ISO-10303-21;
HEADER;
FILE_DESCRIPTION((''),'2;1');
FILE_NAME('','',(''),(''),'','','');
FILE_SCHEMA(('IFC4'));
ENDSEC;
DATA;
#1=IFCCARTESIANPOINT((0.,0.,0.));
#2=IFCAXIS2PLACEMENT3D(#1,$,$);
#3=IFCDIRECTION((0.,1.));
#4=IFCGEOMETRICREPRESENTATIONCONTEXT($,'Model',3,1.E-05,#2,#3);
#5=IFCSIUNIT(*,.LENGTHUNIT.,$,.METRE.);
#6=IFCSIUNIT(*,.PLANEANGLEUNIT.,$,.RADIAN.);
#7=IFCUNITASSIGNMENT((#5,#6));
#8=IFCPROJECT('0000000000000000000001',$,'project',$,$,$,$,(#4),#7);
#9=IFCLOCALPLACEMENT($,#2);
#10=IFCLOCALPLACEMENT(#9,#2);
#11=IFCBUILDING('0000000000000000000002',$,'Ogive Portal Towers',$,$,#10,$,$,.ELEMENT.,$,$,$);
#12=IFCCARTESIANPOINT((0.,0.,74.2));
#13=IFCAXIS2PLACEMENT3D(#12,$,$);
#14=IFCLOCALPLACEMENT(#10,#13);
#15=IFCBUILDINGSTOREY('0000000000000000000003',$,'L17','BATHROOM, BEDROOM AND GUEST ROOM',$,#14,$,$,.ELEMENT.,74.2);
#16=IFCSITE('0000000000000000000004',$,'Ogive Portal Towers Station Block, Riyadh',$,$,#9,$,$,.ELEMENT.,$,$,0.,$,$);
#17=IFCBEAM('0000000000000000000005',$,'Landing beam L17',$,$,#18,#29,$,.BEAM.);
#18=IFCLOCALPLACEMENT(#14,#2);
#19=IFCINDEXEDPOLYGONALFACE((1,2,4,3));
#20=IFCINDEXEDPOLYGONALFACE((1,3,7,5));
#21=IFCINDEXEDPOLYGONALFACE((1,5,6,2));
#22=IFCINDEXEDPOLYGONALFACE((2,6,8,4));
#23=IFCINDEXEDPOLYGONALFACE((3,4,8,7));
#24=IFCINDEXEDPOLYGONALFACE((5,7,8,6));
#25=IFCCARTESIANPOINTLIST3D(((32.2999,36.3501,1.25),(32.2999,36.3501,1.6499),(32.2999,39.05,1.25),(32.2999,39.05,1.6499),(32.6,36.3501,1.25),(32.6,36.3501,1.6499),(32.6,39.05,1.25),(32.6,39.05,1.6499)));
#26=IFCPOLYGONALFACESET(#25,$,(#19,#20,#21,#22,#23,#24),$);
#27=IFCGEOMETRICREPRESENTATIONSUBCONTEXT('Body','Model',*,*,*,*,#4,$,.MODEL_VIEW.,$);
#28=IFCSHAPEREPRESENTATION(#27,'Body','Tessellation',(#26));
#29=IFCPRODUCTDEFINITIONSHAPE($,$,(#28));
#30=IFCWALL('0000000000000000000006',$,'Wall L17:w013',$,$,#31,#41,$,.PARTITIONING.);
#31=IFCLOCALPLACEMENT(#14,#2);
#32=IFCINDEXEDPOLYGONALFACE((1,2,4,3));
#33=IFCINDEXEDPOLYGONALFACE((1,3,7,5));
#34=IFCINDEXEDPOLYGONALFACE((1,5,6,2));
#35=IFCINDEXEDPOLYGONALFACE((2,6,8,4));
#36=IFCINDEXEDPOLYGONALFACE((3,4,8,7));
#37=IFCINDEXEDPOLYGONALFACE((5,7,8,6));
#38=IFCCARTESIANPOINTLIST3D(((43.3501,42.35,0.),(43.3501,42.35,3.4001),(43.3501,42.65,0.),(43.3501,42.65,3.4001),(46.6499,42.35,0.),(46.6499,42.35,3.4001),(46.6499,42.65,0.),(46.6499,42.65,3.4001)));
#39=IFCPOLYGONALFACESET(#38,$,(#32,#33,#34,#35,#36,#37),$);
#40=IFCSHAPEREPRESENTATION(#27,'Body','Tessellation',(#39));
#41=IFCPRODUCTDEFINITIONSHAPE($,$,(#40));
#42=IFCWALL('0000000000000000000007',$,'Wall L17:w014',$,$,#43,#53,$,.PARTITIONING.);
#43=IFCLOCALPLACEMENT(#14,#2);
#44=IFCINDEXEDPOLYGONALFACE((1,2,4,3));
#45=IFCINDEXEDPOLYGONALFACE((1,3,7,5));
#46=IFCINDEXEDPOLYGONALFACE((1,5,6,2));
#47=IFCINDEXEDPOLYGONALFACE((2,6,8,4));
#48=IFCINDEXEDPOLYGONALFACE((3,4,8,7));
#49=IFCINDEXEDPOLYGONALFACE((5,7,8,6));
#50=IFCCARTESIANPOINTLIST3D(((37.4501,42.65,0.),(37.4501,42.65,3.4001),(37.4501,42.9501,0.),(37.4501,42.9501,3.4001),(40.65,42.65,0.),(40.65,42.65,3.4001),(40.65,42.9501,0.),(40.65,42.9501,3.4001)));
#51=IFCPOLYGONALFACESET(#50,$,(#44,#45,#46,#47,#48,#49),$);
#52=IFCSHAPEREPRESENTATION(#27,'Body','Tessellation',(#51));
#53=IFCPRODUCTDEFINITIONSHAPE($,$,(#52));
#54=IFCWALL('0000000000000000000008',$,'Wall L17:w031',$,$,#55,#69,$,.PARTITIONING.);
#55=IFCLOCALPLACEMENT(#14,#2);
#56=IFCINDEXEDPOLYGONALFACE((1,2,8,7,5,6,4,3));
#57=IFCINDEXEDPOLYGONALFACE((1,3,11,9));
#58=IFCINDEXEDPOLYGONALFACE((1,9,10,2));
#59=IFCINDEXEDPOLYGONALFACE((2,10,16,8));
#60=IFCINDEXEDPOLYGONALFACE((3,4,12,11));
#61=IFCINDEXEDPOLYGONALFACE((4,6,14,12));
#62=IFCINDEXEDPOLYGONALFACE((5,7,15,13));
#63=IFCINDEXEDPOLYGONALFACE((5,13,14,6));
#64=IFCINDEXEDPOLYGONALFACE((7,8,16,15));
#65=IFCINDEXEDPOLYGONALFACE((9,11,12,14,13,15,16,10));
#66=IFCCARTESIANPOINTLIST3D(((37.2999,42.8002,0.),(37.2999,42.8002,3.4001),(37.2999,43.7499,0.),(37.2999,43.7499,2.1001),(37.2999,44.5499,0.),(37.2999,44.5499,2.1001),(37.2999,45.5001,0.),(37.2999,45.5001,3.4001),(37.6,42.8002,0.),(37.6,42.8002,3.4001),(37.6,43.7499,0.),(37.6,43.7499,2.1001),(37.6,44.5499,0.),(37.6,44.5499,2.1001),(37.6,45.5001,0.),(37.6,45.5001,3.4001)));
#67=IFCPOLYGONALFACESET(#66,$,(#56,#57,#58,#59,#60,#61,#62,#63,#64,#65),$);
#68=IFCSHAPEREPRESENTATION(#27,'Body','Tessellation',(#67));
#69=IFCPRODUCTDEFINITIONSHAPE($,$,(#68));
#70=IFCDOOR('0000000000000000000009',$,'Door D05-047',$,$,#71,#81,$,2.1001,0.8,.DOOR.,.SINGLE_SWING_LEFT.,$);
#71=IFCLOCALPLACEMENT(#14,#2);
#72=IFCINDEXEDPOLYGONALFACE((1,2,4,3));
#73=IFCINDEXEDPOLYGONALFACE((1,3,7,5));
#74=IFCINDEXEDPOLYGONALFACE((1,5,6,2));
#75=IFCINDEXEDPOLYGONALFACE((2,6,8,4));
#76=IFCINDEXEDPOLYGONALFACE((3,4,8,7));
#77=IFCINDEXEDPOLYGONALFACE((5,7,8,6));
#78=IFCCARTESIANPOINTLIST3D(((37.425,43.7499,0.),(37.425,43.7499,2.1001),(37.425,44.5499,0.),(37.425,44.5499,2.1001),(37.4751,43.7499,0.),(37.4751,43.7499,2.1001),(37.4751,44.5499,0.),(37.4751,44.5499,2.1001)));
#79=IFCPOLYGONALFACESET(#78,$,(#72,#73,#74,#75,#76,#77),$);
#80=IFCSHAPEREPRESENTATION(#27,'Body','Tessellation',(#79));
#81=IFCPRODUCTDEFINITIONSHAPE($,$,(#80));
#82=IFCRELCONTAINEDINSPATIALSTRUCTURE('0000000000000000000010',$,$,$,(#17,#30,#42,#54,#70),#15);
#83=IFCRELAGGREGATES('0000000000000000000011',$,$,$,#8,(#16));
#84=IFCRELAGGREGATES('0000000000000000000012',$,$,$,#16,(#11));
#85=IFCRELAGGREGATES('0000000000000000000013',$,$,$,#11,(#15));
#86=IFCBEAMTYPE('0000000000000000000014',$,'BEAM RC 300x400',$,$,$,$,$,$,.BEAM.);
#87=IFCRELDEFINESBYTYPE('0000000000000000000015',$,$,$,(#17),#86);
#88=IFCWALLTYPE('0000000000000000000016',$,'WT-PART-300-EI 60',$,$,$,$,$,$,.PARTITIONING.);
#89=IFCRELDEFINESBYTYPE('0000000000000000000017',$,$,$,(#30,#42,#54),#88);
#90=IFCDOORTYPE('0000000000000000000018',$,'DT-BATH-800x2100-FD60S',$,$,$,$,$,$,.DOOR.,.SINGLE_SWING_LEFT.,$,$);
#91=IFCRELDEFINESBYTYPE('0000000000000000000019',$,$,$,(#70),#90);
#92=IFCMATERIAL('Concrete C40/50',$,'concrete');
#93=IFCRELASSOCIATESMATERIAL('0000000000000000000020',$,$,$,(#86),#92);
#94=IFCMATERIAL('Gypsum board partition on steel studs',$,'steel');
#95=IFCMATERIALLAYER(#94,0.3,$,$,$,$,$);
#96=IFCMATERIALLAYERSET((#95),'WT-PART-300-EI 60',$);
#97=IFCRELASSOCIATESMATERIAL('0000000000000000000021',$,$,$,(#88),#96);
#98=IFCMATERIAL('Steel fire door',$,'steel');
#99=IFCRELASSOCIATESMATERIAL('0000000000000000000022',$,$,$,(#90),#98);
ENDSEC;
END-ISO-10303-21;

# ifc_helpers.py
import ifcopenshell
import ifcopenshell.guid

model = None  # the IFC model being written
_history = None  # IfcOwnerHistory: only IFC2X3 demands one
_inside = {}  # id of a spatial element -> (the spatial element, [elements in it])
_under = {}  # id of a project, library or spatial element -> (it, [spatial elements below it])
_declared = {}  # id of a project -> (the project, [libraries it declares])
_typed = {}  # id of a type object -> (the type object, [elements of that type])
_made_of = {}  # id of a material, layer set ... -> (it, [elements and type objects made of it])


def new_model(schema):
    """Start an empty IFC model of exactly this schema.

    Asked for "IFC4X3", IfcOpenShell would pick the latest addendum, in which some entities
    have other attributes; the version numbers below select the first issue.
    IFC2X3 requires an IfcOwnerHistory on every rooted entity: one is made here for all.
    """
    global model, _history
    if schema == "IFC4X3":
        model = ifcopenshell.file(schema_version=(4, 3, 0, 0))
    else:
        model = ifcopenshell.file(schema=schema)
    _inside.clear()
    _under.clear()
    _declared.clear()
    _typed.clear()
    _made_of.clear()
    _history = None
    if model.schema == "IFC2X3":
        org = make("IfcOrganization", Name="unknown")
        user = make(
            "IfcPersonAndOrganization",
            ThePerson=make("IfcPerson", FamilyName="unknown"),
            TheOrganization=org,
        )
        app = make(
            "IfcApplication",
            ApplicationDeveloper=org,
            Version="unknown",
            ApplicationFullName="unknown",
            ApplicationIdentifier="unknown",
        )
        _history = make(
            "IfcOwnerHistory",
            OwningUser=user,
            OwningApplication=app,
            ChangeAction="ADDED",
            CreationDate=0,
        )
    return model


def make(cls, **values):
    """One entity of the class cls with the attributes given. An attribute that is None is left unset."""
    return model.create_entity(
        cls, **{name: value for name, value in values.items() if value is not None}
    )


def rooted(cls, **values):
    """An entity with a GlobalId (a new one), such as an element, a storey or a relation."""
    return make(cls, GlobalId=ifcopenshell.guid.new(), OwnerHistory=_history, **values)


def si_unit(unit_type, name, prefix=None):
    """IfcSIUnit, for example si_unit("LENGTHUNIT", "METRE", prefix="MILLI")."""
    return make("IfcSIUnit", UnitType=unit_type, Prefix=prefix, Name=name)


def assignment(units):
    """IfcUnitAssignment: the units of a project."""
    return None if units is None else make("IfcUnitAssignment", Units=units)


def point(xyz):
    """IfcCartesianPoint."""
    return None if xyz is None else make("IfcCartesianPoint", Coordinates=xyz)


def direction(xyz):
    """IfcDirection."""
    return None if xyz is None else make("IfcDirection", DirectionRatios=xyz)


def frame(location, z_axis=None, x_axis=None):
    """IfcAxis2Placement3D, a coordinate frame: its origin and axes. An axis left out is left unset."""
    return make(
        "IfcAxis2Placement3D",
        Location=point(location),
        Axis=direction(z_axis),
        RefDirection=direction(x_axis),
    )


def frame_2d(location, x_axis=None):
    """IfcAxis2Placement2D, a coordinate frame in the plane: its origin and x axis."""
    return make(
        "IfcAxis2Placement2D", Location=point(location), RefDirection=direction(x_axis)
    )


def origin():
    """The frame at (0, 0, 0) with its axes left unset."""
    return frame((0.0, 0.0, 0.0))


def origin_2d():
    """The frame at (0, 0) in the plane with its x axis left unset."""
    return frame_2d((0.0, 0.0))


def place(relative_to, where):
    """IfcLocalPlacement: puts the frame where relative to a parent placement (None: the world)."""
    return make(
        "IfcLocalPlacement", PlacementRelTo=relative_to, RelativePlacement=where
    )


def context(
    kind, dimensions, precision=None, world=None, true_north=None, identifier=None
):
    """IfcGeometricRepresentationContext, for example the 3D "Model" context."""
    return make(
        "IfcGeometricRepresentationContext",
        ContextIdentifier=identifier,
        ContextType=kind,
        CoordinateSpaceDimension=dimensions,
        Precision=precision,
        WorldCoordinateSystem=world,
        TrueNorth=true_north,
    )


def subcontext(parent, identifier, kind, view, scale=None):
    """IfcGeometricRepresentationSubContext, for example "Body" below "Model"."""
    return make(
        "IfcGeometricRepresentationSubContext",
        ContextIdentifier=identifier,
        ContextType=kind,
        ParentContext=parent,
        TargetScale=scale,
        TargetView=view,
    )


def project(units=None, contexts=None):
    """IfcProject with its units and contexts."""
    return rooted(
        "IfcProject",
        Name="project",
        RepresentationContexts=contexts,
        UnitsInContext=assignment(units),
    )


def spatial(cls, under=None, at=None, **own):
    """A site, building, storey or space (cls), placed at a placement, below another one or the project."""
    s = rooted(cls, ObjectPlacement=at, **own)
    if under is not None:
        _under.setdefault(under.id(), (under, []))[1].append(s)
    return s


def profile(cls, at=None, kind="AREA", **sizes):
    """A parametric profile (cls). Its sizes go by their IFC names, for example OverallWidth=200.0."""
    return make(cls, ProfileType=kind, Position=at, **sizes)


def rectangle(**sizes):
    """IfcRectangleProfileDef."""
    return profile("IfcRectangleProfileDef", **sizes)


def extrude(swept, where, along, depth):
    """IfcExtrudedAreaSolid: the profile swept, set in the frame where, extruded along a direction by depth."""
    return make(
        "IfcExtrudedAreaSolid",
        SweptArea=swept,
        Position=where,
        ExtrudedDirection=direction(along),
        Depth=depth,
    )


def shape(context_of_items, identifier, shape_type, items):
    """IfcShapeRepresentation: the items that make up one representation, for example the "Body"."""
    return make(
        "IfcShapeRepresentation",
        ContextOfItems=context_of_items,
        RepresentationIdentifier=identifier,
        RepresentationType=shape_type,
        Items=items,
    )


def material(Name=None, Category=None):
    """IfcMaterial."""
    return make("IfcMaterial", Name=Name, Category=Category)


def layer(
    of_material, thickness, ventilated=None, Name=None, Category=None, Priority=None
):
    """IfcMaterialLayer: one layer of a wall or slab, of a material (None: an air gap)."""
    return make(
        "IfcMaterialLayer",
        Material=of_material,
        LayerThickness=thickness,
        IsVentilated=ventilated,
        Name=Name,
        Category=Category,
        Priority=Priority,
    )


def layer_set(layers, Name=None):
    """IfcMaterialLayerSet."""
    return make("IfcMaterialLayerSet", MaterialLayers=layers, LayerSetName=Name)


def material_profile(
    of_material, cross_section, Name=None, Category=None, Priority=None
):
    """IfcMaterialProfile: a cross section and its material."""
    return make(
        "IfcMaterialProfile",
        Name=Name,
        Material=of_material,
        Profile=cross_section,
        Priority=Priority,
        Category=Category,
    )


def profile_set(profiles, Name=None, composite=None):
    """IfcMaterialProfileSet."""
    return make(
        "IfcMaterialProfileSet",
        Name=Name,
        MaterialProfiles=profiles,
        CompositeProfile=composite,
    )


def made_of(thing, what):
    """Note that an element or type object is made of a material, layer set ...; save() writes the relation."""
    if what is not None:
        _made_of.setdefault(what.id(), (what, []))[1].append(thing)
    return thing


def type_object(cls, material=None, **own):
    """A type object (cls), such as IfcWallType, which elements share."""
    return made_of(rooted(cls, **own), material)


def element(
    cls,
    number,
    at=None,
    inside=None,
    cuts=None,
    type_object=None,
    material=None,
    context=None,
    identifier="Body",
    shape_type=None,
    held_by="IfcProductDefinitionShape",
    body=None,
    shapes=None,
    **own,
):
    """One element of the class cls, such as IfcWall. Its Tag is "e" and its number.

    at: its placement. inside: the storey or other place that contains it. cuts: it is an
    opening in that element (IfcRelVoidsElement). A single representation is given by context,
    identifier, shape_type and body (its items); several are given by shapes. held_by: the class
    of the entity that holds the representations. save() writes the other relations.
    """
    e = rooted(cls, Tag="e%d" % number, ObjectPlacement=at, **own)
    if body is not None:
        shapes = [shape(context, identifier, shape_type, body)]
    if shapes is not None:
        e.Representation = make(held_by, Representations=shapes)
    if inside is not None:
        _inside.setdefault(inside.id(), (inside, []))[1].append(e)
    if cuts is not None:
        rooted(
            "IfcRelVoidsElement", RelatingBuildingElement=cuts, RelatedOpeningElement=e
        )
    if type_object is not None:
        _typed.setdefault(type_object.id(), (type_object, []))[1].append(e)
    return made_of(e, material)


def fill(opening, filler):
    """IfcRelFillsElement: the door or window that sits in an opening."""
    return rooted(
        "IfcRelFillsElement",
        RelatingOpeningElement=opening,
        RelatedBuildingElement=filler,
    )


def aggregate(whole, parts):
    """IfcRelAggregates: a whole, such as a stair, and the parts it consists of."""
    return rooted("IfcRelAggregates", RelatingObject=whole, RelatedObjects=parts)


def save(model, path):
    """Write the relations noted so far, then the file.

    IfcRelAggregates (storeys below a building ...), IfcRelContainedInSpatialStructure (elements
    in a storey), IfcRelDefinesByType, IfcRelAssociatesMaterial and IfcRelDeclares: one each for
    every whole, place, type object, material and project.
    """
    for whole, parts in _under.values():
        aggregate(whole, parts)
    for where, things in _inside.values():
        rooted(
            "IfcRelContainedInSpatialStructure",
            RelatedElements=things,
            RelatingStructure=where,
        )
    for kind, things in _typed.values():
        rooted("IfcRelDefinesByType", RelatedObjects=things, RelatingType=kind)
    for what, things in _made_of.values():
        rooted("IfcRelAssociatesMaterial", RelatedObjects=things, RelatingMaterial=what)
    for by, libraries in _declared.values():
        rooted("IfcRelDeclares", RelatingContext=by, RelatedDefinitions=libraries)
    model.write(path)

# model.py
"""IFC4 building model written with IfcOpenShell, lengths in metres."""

from ifc_helpers import new_model, si_unit, direction, frame, frame_2d, origin, origin_2d, place, context, subcontext, project, spatial, rectangle, extrude, material, layer, layer_set, material_profile, profile_set, type_object, element, fill, save


model = new_model("IFC4")

# Units and contexts
model_context = context("Model", 3, precision=1e-05, world=origin(), true_north=direction((0.0, 1.0)))
body_context = subcontext(model_context, "Body", "Model", "MODEL_VIEW")
ifc_project = project(units=[si_unit("LENGTHUNIT", "METRE"), si_unit("PLANEANGLEUNIT", "RADIAN")], contexts=[model_context])

# Site, building, storey
site_placement = place(None, origin())
site = spatial("IfcSite", under=ifc_project, at=site_placement, Name="Ogive Portal Towers Station Block, Riyadh", CompositionType="ELEMENT", RefElevation=0.0)
building_placement = place(site_placement, origin())
building = spatial("IfcBuilding", under=site, at=building_placement, Name="Ogive Portal Towers", CompositionType="ELEMENT")
storey_placement = place(building_placement, frame((0.0, 0.0, 74.2)))
storey = spatial("IfcBuildingStorey", under=building, at=storey_placement, Name="L17", Description="BATHROOM, BEDROOM AND GUEST ROOM", CompositionType="ELEMENT", Elevation=74.2)

# Beam
ifc_material_1 = material(Name="Concrete C40/50", Category="concrete")
ifc_material_profile = material_profile(ifc_material_1, rectangle(XDim=0.3, YDim=0.3999, at=origin_2d()), Name="RC 300x400")
ifc_profile_set = profile_set([ifc_material_profile], Name="Concrete C40/50")
beam_type = type_object("IfcBeamType", Name="BEAM RC 300x400", PredefinedType="BEAM", material=ifc_profile_set)
beam_placement = place(storey_placement, frame((32.45, 36.3501, 1.45), z_axis=(0.0, 1.0, 0.0), x_axis=(-1.0, 0.0, 0.0)))
element("IfcBeam", 1, at=beam_placement, inside=storey, type_object=beam_type, Name="Landing beam L17", PredefinedType="BEAM", context=body_context, shape_type="SweptSolid", body=[
    extrude(rectangle(XDim=0.3, YDim=0.3999, at=origin_2d()), origin(), (0.0, 0.0, 1.0), 2.7),
])

# Walls
ifc_material_2 = material(Name="Gypsum board partition on steel studs", Category="steel")
ifc_layer_1 = layer(ifc_material_2, 0.3)
ifc_layer_set_1 = layer_set([ifc_layer_1], Name="WT-PART-300-EI 60")
wall_type_1 = type_object("IfcWallType", Name="WT-PART-300-EI 60", PredefinedType="PARTITIONING", material=ifc_layer_set_1)
wall_1_placement = place(storey_placement, frame((43.3501, 42.5, 0.0), z_axis=(0.0, 0.0, 1.0), x_axis=(1.0, 0.0, 0.0)))
element("IfcWall", 2, at=wall_1_placement, inside=storey, type_object=wall_type_1, Name="Wall L17:w013", PredefinedType="PARTITIONING", context=body_context, shape_type="SweptSolid", body=[
    extrude(rectangle(XDim=3.2998, YDim=0.3, at=frame_2d((1.6499, 0.0))), origin(), (0.0, 0.0, 1.0), 3.4001),
])
wall_2_placement = place(storey_placement, frame((37.45, 42.8, 0.0), z_axis=(0.0, 0.0, 1.0), x_axis=(1.0, 0.0, 0.0)))
element("IfcWall", 3, at=wall_2_placement, inside=storey, type_object=wall_type_1, Name="Wall L17:w014", PredefinedType="PARTITIONING", context=body_context, shape_type="SweptSolid", body=[
    extrude(rectangle(XDim=3.2, YDim=0.3, at=frame_2d((1.6001, 0.0))), origin(), (0.0, 0.0, 1.0), 3.4001),
])

# Wall, opening, door
wall_3_placement = place(storey_placement, frame((37.45, 42.8, 0.0), z_axis=(0.0, 0.0, 1.0), x_axis=(0.0, 1.0, 0.0)))
wall_3 = element("IfcWall", 4, at=wall_3_placement, inside=storey, type_object=wall_type_1, Name="Wall L17:w031", PredefinedType="PARTITIONING", context=body_context, shape_type="SweptSolid", body=[
    extrude(rectangle(XDim=2.7, YDim=0.3, at=frame_2d((1.3501, 0.0))), origin(), (0.0, 0.0, 1.0), 3.4001),
])
opening_1_placement = place(wall_3_placement, frame((0.95, 0.0, 0.0)))
opening_1 = element("IfcOpeningElement", 5, at=opening_1_placement, cuts=wall_3, PredefinedType="OPENING", context=body_context, shape_type="SweptSolid", body=[
    extrude(rectangle(XDim=0.8, YDim=2.1001, at=frame_2d((0.3999, 1.05))), frame((0.0, 0.1602, 0.0), z_axis=(0.0, -1.0, 0.0), x_axis=(1.0, 0.0, 0.0)), (0.0, 0.0, 1.0), 0.3201),
])
ifc_material_3 = material(Name="Steel fire door", Category="steel")
door_type_1 = type_object("IfcDoorType", Name="DT-BATH-800x2100-FD60S", OperationType="SINGLE_SWING_LEFT", PredefinedType="DOOR", material=ifc_material_3)
door_1_placement = place(opening_1_placement, origin())
door_1 = element("IfcDoor", 6, at=door_1_placement, inside=storey, type_object=door_type_1, Name="Door D05-047", OperationType="SINGLE_SWING_LEFT", OverallHeight=2.1001, OverallWidth=0.8, PredefinedType="DOOR", context=body_context, shape_type="SweptSolid", body=[
    extrude(rectangle(XDim=0.8, YDim=2.1001, at=frame_2d((0.3999, 1.05))), frame((0.0, 0.0249, 0.0), z_axis=(0.0, -1.0, 0.0), x_axis=(1.0, 0.0, 0.0)), (0.0, 0.0, 1.0), 0.05),
])
fill(opening_1, door_1)

save(model, "model.ifc")
